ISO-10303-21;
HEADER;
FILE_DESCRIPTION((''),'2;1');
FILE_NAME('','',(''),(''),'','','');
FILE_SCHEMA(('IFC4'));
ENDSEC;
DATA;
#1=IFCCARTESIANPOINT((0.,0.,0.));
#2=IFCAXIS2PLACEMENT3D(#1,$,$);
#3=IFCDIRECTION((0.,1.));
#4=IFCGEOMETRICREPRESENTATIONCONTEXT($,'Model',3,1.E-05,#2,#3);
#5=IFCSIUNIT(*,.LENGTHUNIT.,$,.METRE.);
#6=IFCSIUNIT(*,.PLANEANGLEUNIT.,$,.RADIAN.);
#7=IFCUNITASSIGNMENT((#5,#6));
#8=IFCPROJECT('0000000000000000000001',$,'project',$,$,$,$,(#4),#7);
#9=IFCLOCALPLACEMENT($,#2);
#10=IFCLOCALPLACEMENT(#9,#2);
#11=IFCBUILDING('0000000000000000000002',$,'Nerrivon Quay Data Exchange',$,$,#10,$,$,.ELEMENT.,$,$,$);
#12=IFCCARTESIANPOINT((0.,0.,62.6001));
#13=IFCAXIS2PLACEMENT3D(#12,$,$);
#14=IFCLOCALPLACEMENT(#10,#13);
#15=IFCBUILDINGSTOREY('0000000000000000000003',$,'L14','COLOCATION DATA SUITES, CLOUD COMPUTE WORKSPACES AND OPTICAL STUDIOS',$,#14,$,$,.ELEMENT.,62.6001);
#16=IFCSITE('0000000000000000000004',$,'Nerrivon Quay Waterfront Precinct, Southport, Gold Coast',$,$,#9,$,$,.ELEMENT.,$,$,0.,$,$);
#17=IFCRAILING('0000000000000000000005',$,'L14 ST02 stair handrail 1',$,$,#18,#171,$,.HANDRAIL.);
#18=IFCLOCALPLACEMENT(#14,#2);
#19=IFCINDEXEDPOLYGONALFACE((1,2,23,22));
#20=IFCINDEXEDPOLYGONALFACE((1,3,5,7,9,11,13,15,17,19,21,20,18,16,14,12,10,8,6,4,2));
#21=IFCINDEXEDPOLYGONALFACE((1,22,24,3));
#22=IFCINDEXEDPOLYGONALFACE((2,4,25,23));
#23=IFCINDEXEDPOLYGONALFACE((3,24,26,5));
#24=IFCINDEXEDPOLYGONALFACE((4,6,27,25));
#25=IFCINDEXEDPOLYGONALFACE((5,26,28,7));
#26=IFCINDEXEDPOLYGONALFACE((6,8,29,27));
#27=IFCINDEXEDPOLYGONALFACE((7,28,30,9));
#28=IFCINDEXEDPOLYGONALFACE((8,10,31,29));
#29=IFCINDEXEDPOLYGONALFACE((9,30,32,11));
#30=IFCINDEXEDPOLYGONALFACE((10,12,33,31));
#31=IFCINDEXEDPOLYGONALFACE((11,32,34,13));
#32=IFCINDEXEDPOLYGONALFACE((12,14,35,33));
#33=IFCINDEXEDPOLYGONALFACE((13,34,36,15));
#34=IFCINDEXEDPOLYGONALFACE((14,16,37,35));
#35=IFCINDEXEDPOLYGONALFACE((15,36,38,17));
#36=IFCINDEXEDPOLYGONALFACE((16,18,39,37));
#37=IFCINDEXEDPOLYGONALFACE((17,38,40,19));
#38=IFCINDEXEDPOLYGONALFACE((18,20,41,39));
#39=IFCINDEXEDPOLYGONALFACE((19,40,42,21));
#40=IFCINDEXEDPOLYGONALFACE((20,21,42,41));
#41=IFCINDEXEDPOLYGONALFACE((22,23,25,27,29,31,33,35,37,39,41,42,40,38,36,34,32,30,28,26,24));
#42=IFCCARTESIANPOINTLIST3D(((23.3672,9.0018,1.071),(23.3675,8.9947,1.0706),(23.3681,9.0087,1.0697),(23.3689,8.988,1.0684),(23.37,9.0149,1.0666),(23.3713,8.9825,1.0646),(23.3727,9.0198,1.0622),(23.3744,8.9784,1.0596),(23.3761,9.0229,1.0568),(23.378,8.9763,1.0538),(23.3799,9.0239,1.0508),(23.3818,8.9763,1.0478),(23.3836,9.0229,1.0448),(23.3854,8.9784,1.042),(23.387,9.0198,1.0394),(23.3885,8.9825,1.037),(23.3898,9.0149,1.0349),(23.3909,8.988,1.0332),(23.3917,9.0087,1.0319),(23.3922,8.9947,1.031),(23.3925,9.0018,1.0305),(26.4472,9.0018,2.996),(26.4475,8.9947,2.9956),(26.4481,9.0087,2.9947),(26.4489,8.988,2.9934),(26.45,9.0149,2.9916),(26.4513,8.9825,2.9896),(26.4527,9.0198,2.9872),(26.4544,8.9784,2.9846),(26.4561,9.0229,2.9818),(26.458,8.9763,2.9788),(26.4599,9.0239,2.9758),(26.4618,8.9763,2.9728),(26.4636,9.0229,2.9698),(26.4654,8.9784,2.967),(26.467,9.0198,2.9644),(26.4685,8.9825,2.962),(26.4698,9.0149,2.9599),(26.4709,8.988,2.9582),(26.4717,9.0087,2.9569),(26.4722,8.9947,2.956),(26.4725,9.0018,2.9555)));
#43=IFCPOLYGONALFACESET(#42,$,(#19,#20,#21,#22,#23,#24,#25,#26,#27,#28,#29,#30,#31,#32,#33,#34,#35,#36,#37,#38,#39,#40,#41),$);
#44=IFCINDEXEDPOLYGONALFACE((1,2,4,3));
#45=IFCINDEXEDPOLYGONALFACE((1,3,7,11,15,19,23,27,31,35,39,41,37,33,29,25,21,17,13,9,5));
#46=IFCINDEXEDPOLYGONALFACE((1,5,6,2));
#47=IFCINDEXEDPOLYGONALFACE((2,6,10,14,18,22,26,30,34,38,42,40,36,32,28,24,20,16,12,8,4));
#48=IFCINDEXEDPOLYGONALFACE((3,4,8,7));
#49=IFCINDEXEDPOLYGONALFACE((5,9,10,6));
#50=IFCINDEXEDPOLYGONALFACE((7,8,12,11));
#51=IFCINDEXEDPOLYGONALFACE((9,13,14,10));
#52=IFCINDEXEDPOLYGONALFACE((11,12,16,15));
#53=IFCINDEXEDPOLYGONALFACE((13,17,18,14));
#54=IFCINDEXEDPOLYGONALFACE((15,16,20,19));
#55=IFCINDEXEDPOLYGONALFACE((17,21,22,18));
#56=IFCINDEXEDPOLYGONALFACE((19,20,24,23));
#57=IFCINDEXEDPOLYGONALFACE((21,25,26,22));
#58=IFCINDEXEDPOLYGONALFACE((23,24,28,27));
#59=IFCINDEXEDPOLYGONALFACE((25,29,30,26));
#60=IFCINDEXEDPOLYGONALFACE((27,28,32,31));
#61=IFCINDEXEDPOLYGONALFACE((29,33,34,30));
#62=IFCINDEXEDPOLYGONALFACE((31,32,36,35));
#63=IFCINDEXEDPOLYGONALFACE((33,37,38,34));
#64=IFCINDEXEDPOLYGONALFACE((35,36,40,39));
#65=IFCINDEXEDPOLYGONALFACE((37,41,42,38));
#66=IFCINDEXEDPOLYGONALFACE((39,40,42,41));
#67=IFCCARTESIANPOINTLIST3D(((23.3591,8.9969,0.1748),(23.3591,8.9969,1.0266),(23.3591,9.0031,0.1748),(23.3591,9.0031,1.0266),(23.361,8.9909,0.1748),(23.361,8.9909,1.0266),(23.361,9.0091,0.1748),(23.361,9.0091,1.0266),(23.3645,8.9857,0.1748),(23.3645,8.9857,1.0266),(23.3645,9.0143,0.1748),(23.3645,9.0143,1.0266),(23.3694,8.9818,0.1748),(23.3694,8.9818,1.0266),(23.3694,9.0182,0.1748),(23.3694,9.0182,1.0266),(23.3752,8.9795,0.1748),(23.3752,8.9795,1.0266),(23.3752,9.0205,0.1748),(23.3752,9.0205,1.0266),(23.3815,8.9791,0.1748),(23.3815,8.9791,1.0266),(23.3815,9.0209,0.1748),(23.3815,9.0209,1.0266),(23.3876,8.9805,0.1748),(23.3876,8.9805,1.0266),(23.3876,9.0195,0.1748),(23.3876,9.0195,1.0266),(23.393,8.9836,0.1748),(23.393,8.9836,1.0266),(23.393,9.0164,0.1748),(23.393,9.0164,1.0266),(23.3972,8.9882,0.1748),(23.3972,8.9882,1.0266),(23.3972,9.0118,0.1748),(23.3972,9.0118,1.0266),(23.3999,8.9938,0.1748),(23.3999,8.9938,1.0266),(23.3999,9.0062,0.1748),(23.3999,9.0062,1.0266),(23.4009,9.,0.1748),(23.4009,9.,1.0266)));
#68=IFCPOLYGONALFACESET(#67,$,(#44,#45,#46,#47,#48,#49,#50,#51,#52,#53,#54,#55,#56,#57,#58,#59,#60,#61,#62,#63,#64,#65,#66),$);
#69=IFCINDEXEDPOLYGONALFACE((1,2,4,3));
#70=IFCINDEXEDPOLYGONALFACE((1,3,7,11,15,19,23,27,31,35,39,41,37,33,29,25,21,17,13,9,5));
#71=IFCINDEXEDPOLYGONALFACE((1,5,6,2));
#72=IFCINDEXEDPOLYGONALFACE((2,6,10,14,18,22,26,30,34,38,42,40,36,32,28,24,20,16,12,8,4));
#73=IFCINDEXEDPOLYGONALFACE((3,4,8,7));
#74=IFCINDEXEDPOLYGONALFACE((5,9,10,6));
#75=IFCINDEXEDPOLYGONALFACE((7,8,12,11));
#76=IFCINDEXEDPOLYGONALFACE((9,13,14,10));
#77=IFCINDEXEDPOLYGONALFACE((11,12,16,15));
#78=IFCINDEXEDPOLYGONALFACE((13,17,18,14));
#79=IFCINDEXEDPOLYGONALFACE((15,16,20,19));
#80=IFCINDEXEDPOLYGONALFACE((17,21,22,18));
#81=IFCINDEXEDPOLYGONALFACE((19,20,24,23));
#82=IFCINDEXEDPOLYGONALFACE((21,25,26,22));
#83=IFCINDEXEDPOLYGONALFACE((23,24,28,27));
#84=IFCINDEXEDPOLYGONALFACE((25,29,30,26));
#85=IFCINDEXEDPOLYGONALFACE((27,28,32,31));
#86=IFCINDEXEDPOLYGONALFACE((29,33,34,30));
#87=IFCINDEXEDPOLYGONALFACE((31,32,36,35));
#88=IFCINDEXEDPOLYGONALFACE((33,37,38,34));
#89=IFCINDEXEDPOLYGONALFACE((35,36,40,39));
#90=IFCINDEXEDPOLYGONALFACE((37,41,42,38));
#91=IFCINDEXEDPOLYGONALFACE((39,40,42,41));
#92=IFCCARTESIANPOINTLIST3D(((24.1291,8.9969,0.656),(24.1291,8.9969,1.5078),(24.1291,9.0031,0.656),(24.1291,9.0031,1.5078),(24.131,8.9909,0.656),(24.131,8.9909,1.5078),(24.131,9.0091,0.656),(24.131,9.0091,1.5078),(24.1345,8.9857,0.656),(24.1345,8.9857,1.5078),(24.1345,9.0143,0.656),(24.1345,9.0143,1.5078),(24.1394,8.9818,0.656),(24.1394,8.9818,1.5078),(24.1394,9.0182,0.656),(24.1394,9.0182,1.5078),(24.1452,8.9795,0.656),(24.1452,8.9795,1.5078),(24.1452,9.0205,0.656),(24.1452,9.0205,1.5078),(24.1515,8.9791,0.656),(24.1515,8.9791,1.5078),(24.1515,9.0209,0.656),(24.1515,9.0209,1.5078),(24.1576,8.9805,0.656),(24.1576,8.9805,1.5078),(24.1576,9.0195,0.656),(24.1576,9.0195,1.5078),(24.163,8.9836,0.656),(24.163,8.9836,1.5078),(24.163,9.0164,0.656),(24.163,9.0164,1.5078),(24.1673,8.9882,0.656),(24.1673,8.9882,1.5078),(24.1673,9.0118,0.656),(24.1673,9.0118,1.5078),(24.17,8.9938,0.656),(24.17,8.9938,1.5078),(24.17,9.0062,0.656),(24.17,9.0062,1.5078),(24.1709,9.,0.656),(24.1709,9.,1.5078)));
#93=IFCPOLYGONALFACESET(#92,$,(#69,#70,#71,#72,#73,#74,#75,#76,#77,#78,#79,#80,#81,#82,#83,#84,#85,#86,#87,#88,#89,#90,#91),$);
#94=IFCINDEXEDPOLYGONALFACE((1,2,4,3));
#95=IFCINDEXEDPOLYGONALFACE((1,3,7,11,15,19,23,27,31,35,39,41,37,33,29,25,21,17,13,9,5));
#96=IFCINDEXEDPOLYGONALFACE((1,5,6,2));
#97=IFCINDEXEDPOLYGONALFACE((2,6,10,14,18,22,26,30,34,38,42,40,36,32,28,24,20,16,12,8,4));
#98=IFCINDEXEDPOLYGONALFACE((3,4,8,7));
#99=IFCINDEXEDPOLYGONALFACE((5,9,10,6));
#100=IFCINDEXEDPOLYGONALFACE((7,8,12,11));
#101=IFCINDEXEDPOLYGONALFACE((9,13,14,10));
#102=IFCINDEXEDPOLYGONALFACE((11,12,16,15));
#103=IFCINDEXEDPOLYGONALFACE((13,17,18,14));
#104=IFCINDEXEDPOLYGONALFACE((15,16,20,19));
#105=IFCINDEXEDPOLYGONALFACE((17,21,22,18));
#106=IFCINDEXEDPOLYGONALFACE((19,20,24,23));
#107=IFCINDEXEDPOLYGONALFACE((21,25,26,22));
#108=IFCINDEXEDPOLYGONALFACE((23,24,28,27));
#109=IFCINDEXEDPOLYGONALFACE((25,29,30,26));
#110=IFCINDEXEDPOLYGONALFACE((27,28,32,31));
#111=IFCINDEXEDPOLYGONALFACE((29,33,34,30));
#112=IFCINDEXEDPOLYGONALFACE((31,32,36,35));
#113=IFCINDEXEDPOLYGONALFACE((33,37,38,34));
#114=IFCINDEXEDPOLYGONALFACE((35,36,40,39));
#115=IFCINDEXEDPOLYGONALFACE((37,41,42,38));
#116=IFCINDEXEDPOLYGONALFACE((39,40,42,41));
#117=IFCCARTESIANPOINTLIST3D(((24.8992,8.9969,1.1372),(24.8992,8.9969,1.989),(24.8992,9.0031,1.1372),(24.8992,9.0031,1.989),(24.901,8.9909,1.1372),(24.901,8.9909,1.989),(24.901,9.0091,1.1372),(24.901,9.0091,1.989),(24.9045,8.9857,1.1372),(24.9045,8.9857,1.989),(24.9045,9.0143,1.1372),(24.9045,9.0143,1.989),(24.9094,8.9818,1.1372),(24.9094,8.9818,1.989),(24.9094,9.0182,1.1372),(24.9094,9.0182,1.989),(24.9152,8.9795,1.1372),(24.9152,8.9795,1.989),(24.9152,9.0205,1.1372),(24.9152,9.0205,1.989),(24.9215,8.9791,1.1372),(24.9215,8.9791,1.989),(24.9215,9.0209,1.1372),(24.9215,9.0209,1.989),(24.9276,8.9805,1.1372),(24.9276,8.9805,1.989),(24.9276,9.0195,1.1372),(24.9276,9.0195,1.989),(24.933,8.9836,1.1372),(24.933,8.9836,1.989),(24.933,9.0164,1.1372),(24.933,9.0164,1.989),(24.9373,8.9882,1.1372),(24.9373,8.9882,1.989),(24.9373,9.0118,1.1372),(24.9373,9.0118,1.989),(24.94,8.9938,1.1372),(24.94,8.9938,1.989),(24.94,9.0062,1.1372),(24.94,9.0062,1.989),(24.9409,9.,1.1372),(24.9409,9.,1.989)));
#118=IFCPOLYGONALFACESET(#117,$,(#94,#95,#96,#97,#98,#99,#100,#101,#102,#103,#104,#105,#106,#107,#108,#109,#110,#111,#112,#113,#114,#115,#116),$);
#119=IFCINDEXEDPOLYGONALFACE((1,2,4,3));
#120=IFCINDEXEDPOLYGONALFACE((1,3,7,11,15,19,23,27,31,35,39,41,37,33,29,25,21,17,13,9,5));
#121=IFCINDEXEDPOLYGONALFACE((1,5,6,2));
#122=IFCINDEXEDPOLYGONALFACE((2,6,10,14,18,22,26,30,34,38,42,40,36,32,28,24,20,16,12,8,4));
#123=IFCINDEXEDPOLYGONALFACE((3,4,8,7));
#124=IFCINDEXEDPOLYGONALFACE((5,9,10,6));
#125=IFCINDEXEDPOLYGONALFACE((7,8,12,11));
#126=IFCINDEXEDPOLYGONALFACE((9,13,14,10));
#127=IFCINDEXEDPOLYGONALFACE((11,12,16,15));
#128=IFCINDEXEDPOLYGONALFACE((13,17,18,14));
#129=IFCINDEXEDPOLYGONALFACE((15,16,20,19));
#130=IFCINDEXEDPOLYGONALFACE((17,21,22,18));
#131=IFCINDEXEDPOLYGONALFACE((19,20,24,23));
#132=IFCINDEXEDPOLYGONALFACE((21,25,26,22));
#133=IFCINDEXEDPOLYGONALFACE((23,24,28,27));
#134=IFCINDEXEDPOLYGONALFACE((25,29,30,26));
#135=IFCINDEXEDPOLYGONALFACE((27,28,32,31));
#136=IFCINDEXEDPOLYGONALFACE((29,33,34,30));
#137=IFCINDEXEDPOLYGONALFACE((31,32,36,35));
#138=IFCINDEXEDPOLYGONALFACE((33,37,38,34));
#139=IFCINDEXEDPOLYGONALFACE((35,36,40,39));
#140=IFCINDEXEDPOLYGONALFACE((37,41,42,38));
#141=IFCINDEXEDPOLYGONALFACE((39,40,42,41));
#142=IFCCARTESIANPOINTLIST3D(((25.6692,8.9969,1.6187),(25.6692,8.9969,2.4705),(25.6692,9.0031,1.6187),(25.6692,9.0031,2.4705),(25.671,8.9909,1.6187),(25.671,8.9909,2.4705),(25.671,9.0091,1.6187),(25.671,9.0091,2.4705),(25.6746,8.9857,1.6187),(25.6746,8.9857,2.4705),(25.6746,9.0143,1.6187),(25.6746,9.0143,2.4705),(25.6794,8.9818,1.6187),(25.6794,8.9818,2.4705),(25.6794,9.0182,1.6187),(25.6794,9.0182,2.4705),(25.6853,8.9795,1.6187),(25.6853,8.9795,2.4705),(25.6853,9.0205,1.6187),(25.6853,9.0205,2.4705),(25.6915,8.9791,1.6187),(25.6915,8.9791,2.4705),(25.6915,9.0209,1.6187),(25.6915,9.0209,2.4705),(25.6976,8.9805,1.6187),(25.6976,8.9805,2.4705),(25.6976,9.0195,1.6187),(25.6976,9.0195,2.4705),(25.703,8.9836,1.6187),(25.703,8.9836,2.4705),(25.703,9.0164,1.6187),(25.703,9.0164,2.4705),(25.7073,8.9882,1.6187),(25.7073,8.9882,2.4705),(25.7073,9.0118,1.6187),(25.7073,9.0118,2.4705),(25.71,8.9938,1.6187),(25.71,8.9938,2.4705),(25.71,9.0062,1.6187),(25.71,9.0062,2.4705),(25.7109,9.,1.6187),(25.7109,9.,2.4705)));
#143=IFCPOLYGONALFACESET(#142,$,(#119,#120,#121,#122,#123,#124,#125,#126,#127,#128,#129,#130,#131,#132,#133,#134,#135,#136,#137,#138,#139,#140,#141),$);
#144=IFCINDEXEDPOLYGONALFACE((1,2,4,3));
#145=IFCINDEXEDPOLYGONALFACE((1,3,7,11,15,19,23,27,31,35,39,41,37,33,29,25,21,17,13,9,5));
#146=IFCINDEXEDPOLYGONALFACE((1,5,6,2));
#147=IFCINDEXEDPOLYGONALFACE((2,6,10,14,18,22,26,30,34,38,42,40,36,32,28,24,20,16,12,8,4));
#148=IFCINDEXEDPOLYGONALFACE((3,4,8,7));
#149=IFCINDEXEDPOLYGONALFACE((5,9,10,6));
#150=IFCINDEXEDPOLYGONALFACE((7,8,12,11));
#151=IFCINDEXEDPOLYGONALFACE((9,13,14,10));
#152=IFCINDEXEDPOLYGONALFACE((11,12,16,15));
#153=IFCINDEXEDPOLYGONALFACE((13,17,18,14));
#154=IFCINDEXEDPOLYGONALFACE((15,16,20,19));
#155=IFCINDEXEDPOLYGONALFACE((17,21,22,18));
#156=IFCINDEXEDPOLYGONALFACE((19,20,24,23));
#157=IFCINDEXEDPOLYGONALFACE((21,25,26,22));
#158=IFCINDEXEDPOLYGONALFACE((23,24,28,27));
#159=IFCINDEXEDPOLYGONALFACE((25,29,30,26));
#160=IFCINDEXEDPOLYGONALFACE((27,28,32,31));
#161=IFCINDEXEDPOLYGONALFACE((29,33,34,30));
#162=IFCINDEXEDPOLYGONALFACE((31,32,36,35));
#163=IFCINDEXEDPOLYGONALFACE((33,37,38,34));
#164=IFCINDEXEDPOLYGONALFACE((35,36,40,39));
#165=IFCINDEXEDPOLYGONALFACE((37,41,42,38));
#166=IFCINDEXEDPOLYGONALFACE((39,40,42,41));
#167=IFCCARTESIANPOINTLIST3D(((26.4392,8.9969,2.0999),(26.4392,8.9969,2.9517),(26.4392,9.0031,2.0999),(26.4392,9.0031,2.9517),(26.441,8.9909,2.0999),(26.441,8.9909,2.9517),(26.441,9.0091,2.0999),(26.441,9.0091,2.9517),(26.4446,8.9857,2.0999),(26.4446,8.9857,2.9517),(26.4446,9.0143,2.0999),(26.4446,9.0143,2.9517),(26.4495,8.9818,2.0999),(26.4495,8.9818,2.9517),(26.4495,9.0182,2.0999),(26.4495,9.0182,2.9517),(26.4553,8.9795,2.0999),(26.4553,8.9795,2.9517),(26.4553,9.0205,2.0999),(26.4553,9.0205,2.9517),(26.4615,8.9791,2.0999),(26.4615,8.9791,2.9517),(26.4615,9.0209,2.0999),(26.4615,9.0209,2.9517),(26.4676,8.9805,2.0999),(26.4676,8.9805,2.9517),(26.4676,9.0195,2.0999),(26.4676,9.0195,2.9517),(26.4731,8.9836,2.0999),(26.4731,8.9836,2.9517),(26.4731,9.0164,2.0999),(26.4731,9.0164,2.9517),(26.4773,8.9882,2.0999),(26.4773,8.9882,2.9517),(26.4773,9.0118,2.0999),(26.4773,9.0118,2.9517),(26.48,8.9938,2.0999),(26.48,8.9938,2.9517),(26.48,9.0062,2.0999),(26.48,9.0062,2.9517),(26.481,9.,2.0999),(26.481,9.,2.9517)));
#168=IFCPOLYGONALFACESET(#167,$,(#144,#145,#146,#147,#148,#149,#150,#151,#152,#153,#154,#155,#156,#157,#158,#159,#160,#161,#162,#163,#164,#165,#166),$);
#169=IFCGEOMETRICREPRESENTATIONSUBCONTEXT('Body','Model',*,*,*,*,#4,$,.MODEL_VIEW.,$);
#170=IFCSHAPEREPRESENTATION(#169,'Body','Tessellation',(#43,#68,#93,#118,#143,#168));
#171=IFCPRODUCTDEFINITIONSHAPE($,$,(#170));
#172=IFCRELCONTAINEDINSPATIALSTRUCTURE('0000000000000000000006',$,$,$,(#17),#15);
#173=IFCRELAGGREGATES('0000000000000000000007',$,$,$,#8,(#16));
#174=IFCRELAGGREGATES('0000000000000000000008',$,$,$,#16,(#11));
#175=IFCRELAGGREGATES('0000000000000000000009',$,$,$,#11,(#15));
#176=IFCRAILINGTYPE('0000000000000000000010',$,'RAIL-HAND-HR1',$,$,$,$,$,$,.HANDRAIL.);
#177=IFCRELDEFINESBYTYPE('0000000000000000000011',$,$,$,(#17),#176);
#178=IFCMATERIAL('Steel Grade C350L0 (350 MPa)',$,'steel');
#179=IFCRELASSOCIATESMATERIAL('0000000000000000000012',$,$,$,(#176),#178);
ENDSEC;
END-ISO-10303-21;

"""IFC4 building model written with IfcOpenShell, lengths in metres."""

from ifc_helpers import new_model, si_unit, direction, frame, origin, origin_2d, place, context, subcontext, project, spatial, circle, extrude, material, type_object, element, save


model = new_model("IFC4")

# Units and contexts
model_context = context("Model", 3, precision=1e-05, world=origin(), true_north=direction((0.0, 1.0)))
body_context = subcontext(model_context, "Body", "Model", "MODEL_VIEW")
ifc_project = project(units=[si_unit("LENGTHUNIT", "METRE"), si_unit("PLANEANGLEUNIT", "RADIAN")], contexts=[model_context])

# Site, building, storey
site_placement = place(None, origin())
site = spatial("IfcSite", under=ifc_project, at=site_placement, Name="Nerrivon Quay Waterfront Precinct, Southport, Gold Coast", CompositionType="ELEMENT", RefElevation=0.0)
building_placement = place(site_placement, origin())
building = spatial("IfcBuilding", under=site, at=building_placement, Name="Nerrivon Quay Data Exchange", CompositionType="ELEMENT")
storey_placement = place(building_placement, frame((0.0, 0.0, 62.6001)))
storey = spatial("IfcBuildingStorey", under=building, at=storey_placement, Name="L14", Description="COLOCATION DATA SUITES, CLOUD COMPUTE WORKSPACES AND OPTICAL STUDIOS", CompositionType="ELEMENT", Elevation=62.6001)

# Railing
ifc_material_1 = material(Name="Steel Grade C350L0 (350 MPa)", Category="steel")
railing_type_1 = type_object("IfcRailingType", Name="RAIL-HAND-HR1", PredefinedType="HANDRAIL", material=ifc_material_1)
railing_1_placement = place(storey_placement, frame((23.3799, 9.0, 0.1748)))
element("IfcRailing", 1, at=railing_1_placement, inside=storey, type_object=railing_type_1, Name="L14 ST02 stair handrail 1", PredefinedType="HANDRAIL", context=body_context, shape_type="SweptSolid", body=[
    extrude(circle(Radius=0.0239, at=origin_2d()), frame((0.0, 0.0, 0.876), z_axis=(0.847998, 0.0, 0.529999), x_axis=(0.0, 1.0, 0.0)), (0.0, 0.0, 1.0), 3.6321),
    extrude(circle(Radius=0.021, at=origin_2d()), origin(), (0.0, 0.0, 1.0), 0.8518),
    extrude(circle(Radius=0.021, at=origin_2d()), frame((0.77, 0.0, 0.4812)), (0.0, 0.0, 1.0), 0.8518),
    extrude(circle(Radius=0.021, at=origin_2d()), frame((1.54, 0.0, 0.9624)), (0.0, 0.0, 1.0), 0.8518),
    extrude(circle(Radius=0.021, at=origin_2d()), frame((2.3101, 0.0, 1.4438)), (0.0, 0.0, 1.0), 0.8518),
    extrude(circle(Radius=0.021, at=origin_2d()), frame((3.0801, 0.0, 1.925)), (0.0, 0.0, 1.0), 0.8518),
])

save(model, "model.ifc")
